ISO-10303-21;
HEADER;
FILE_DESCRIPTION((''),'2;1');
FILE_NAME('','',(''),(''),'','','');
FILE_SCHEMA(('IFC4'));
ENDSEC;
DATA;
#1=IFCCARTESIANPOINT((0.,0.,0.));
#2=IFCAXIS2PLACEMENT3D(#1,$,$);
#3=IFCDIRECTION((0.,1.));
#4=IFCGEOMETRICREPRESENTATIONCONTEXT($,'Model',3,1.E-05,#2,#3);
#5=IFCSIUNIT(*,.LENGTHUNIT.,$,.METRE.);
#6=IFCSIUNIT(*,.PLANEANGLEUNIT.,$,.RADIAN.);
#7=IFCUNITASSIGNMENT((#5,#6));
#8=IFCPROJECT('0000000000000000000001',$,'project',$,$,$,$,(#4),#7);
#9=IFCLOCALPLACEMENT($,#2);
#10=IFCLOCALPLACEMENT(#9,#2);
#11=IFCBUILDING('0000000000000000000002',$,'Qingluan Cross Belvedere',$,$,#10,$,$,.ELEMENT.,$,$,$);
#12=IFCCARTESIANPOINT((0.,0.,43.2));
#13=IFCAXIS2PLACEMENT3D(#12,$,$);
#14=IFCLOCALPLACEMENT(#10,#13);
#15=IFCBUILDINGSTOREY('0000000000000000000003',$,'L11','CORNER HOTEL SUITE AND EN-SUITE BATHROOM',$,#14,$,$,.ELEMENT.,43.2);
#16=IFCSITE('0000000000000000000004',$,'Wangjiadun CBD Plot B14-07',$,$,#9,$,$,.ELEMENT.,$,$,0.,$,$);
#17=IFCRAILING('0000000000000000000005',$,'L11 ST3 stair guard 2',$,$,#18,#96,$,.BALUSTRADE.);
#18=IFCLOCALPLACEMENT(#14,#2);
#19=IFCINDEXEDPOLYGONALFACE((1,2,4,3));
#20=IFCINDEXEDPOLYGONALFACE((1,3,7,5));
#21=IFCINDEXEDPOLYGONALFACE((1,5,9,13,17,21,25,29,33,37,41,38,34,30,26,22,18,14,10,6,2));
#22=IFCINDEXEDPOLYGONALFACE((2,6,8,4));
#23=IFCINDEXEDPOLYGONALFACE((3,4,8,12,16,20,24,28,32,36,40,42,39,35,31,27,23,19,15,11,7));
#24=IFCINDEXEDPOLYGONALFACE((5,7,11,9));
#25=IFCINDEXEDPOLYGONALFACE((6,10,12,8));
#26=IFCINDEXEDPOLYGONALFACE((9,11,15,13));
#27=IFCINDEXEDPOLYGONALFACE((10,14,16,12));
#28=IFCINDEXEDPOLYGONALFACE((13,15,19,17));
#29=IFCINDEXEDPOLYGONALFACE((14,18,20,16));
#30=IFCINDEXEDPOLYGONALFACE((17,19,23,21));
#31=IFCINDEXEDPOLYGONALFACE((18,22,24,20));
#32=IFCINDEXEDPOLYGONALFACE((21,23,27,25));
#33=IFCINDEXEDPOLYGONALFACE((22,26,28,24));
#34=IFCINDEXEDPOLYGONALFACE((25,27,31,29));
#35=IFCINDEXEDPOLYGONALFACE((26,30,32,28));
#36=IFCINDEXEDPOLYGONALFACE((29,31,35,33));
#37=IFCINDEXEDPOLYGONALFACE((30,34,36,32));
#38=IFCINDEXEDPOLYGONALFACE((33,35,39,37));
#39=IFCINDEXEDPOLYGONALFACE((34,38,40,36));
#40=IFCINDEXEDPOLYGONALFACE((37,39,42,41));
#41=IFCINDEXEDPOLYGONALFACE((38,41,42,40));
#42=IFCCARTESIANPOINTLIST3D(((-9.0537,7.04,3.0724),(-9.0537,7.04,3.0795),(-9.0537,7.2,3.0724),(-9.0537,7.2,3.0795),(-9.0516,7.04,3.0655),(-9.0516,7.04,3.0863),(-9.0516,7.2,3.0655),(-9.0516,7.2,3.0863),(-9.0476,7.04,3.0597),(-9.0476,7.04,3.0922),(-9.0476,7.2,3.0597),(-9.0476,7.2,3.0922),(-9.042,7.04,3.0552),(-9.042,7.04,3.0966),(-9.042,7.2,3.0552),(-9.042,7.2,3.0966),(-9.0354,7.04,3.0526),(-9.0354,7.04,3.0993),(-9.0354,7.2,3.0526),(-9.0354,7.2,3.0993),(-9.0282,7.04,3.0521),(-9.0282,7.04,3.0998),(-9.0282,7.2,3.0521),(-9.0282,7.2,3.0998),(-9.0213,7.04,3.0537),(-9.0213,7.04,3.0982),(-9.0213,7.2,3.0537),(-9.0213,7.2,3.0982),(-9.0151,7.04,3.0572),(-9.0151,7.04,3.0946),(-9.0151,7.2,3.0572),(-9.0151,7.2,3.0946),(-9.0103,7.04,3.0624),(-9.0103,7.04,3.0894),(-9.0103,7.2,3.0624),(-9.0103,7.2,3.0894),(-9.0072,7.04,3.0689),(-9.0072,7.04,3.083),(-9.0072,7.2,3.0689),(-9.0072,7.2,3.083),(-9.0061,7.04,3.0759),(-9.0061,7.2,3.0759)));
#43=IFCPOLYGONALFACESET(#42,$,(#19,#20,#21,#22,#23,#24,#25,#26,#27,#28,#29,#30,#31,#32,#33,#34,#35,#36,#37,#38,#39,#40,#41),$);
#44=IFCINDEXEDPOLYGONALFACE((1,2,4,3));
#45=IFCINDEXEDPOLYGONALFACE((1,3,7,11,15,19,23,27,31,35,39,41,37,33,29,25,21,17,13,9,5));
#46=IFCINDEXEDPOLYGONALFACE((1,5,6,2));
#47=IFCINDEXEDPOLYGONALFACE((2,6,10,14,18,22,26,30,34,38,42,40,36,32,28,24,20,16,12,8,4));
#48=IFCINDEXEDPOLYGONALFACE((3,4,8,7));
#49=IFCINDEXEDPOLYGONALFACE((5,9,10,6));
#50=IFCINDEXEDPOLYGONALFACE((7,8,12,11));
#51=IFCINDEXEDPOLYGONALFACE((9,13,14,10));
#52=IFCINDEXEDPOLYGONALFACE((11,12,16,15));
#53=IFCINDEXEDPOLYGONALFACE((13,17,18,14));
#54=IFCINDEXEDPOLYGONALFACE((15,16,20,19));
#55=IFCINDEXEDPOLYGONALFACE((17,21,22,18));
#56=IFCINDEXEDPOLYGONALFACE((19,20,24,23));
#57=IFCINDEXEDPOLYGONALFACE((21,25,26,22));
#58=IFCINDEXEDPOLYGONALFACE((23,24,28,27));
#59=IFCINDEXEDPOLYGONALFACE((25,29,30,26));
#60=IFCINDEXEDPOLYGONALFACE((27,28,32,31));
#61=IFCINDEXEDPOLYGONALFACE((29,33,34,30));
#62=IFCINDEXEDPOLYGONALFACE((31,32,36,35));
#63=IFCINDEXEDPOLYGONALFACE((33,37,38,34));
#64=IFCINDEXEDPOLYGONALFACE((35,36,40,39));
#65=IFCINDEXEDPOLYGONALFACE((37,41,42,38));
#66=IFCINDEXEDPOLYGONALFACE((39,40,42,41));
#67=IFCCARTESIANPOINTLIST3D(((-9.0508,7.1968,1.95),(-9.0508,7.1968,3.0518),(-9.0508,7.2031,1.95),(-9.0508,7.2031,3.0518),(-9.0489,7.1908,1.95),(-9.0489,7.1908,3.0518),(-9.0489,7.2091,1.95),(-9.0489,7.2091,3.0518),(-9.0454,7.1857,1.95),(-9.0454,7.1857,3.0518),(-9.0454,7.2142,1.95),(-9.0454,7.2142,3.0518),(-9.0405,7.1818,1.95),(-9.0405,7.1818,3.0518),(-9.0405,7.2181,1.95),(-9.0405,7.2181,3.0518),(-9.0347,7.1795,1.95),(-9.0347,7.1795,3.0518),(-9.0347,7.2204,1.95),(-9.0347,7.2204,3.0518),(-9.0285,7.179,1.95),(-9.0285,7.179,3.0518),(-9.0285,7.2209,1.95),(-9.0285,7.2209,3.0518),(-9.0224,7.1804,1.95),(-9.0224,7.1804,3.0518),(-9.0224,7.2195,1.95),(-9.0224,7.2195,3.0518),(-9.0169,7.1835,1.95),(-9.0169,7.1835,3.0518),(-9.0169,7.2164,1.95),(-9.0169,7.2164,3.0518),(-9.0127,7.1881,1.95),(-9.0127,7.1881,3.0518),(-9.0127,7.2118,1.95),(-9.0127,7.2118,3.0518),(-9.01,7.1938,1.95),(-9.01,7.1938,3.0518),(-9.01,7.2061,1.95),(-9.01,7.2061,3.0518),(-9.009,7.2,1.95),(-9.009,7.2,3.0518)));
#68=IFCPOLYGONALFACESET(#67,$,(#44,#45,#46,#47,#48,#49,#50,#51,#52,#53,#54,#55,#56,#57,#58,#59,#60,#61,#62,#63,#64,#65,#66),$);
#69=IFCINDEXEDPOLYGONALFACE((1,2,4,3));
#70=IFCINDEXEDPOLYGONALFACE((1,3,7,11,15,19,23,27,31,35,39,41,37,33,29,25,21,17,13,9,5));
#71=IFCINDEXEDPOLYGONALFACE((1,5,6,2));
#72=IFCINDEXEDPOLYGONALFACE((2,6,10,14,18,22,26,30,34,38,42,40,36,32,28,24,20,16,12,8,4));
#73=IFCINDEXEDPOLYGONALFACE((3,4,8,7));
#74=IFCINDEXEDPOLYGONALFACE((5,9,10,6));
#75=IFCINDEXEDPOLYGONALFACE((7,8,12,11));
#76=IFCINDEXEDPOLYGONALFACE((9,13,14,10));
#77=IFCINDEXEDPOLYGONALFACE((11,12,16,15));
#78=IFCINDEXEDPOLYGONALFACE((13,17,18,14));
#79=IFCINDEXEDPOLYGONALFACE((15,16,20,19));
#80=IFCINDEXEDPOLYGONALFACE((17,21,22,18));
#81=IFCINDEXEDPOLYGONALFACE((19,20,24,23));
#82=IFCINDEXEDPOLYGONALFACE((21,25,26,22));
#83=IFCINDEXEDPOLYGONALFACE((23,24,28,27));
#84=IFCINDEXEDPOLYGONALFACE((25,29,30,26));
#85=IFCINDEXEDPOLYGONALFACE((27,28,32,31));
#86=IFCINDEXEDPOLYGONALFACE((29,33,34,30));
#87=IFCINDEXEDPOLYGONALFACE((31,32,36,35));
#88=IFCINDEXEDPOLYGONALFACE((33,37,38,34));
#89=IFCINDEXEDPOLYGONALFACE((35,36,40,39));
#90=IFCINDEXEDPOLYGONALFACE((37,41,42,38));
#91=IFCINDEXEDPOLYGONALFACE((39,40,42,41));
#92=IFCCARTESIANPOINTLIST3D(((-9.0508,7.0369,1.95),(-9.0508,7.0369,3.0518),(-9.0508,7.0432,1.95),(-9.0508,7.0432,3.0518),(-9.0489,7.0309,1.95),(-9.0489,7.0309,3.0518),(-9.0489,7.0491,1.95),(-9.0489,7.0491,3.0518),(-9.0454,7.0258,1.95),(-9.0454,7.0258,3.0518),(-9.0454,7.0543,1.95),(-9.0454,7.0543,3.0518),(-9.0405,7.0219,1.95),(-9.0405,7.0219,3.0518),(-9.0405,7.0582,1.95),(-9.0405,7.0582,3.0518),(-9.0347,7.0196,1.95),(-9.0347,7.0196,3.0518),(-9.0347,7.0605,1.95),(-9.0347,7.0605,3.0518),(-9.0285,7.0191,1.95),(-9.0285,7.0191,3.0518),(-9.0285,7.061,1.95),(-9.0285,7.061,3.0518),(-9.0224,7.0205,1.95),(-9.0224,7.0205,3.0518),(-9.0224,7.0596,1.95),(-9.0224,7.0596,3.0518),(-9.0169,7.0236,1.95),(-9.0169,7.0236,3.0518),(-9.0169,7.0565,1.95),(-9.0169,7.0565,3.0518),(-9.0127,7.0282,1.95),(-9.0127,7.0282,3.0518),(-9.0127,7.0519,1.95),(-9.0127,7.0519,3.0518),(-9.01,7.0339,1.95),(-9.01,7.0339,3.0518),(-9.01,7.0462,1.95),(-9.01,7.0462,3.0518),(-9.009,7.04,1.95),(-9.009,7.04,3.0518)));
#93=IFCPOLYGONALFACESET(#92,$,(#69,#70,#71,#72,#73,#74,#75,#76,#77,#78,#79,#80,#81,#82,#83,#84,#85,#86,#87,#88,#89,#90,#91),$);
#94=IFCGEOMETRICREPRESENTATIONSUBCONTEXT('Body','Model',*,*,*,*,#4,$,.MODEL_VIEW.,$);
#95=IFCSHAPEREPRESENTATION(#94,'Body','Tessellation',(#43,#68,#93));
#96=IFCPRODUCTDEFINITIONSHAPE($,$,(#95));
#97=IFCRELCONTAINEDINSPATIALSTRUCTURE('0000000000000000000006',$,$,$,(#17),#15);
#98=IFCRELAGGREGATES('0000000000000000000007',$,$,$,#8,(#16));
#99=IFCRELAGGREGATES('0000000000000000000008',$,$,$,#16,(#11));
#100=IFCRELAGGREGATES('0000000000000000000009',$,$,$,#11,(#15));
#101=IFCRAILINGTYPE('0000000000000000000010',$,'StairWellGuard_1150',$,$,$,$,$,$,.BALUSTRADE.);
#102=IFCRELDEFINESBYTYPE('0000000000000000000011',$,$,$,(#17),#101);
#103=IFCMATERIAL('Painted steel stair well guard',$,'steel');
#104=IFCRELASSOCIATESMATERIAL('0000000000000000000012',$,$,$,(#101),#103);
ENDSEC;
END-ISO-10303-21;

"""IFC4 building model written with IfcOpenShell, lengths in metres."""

from ifc_helpers import new_model, si_unit, direction, frame, origin, origin_2d, place, context, subcontext, project, spatial, circle, extrude, material, type_object, element, save


model = new_model("IFC4")

# Units and contexts
model_context = context("Model", 3, precision=1e-05, world=origin(), true_north=direction((0.0, 1.0)))
body_context = subcontext(model_context, "Body", "Model", "MODEL_VIEW")
ifc_project = project(units=[si_unit("LENGTHUNIT", "METRE"), si_unit("PLANEANGLEUNIT", "RADIAN")], contexts=[model_context])

# Site, building, storey
site_placement = place(None, origin())
site = spatial("IfcSite", under=ifc_project, at=site_placement, Name="Wangjiadun CBD Plot B14-07", CompositionType="ELEMENT", RefElevation=0.0)
building_placement = place(site_placement, origin())
building = spatial("IfcBuilding", under=site, at=building_placement, Name="Qingluan Cross Belvedere", CompositionType="ELEMENT")
storey_placement = place(building_placement, frame((0.0, 0.0, 43.2)))
storey = spatial("IfcBuildingStorey", under=building, at=storey_placement, Name="L11", Description="CORNER HOTEL SUITE AND EN-SUITE BATHROOM", CompositionType="ELEMENT", Elevation=43.2)

# Railing
ifc_material_1 = material(Name="Painted steel stair well guard", Category="steel")
railing_type_1 = type_object("IfcRailingType", Name="StairWellGuard_1150", PredefinedType="BALUSTRADE", material=ifc_material_1)
railing_1_placement = place(storey_placement, frame((-9.03, 7.2, 1.95)))
element("IfcRailing", 1, at=railing_1_placement, inside=storey, type_object=railing_type_1, Name="L11 ST3 stair guard 2", PredefinedType="BALUSTRADE", context=body_context, shape_type="SweptSolid", body=[
    extrude(circle(Radius=0.0239, at=origin_2d()), frame((0.0, 0.0, 1.126), z_axis=(0.0, -1.0, 0.0), x_axis=(1.0, 0.0, 0.0)), (0.0, 0.0, 1.0), 0.1599),
    extrude(circle(Radius=0.021, at=origin_2d()), origin(), (0.0, 0.0, 1.0), 1.1018),
    extrude(circle(Radius=0.021, at=origin_2d()), frame((0.0, -0.1599, 0.0)), (0.0, 0.0, 1.0), 1.1018),
])

save(model, "model.ifc")
